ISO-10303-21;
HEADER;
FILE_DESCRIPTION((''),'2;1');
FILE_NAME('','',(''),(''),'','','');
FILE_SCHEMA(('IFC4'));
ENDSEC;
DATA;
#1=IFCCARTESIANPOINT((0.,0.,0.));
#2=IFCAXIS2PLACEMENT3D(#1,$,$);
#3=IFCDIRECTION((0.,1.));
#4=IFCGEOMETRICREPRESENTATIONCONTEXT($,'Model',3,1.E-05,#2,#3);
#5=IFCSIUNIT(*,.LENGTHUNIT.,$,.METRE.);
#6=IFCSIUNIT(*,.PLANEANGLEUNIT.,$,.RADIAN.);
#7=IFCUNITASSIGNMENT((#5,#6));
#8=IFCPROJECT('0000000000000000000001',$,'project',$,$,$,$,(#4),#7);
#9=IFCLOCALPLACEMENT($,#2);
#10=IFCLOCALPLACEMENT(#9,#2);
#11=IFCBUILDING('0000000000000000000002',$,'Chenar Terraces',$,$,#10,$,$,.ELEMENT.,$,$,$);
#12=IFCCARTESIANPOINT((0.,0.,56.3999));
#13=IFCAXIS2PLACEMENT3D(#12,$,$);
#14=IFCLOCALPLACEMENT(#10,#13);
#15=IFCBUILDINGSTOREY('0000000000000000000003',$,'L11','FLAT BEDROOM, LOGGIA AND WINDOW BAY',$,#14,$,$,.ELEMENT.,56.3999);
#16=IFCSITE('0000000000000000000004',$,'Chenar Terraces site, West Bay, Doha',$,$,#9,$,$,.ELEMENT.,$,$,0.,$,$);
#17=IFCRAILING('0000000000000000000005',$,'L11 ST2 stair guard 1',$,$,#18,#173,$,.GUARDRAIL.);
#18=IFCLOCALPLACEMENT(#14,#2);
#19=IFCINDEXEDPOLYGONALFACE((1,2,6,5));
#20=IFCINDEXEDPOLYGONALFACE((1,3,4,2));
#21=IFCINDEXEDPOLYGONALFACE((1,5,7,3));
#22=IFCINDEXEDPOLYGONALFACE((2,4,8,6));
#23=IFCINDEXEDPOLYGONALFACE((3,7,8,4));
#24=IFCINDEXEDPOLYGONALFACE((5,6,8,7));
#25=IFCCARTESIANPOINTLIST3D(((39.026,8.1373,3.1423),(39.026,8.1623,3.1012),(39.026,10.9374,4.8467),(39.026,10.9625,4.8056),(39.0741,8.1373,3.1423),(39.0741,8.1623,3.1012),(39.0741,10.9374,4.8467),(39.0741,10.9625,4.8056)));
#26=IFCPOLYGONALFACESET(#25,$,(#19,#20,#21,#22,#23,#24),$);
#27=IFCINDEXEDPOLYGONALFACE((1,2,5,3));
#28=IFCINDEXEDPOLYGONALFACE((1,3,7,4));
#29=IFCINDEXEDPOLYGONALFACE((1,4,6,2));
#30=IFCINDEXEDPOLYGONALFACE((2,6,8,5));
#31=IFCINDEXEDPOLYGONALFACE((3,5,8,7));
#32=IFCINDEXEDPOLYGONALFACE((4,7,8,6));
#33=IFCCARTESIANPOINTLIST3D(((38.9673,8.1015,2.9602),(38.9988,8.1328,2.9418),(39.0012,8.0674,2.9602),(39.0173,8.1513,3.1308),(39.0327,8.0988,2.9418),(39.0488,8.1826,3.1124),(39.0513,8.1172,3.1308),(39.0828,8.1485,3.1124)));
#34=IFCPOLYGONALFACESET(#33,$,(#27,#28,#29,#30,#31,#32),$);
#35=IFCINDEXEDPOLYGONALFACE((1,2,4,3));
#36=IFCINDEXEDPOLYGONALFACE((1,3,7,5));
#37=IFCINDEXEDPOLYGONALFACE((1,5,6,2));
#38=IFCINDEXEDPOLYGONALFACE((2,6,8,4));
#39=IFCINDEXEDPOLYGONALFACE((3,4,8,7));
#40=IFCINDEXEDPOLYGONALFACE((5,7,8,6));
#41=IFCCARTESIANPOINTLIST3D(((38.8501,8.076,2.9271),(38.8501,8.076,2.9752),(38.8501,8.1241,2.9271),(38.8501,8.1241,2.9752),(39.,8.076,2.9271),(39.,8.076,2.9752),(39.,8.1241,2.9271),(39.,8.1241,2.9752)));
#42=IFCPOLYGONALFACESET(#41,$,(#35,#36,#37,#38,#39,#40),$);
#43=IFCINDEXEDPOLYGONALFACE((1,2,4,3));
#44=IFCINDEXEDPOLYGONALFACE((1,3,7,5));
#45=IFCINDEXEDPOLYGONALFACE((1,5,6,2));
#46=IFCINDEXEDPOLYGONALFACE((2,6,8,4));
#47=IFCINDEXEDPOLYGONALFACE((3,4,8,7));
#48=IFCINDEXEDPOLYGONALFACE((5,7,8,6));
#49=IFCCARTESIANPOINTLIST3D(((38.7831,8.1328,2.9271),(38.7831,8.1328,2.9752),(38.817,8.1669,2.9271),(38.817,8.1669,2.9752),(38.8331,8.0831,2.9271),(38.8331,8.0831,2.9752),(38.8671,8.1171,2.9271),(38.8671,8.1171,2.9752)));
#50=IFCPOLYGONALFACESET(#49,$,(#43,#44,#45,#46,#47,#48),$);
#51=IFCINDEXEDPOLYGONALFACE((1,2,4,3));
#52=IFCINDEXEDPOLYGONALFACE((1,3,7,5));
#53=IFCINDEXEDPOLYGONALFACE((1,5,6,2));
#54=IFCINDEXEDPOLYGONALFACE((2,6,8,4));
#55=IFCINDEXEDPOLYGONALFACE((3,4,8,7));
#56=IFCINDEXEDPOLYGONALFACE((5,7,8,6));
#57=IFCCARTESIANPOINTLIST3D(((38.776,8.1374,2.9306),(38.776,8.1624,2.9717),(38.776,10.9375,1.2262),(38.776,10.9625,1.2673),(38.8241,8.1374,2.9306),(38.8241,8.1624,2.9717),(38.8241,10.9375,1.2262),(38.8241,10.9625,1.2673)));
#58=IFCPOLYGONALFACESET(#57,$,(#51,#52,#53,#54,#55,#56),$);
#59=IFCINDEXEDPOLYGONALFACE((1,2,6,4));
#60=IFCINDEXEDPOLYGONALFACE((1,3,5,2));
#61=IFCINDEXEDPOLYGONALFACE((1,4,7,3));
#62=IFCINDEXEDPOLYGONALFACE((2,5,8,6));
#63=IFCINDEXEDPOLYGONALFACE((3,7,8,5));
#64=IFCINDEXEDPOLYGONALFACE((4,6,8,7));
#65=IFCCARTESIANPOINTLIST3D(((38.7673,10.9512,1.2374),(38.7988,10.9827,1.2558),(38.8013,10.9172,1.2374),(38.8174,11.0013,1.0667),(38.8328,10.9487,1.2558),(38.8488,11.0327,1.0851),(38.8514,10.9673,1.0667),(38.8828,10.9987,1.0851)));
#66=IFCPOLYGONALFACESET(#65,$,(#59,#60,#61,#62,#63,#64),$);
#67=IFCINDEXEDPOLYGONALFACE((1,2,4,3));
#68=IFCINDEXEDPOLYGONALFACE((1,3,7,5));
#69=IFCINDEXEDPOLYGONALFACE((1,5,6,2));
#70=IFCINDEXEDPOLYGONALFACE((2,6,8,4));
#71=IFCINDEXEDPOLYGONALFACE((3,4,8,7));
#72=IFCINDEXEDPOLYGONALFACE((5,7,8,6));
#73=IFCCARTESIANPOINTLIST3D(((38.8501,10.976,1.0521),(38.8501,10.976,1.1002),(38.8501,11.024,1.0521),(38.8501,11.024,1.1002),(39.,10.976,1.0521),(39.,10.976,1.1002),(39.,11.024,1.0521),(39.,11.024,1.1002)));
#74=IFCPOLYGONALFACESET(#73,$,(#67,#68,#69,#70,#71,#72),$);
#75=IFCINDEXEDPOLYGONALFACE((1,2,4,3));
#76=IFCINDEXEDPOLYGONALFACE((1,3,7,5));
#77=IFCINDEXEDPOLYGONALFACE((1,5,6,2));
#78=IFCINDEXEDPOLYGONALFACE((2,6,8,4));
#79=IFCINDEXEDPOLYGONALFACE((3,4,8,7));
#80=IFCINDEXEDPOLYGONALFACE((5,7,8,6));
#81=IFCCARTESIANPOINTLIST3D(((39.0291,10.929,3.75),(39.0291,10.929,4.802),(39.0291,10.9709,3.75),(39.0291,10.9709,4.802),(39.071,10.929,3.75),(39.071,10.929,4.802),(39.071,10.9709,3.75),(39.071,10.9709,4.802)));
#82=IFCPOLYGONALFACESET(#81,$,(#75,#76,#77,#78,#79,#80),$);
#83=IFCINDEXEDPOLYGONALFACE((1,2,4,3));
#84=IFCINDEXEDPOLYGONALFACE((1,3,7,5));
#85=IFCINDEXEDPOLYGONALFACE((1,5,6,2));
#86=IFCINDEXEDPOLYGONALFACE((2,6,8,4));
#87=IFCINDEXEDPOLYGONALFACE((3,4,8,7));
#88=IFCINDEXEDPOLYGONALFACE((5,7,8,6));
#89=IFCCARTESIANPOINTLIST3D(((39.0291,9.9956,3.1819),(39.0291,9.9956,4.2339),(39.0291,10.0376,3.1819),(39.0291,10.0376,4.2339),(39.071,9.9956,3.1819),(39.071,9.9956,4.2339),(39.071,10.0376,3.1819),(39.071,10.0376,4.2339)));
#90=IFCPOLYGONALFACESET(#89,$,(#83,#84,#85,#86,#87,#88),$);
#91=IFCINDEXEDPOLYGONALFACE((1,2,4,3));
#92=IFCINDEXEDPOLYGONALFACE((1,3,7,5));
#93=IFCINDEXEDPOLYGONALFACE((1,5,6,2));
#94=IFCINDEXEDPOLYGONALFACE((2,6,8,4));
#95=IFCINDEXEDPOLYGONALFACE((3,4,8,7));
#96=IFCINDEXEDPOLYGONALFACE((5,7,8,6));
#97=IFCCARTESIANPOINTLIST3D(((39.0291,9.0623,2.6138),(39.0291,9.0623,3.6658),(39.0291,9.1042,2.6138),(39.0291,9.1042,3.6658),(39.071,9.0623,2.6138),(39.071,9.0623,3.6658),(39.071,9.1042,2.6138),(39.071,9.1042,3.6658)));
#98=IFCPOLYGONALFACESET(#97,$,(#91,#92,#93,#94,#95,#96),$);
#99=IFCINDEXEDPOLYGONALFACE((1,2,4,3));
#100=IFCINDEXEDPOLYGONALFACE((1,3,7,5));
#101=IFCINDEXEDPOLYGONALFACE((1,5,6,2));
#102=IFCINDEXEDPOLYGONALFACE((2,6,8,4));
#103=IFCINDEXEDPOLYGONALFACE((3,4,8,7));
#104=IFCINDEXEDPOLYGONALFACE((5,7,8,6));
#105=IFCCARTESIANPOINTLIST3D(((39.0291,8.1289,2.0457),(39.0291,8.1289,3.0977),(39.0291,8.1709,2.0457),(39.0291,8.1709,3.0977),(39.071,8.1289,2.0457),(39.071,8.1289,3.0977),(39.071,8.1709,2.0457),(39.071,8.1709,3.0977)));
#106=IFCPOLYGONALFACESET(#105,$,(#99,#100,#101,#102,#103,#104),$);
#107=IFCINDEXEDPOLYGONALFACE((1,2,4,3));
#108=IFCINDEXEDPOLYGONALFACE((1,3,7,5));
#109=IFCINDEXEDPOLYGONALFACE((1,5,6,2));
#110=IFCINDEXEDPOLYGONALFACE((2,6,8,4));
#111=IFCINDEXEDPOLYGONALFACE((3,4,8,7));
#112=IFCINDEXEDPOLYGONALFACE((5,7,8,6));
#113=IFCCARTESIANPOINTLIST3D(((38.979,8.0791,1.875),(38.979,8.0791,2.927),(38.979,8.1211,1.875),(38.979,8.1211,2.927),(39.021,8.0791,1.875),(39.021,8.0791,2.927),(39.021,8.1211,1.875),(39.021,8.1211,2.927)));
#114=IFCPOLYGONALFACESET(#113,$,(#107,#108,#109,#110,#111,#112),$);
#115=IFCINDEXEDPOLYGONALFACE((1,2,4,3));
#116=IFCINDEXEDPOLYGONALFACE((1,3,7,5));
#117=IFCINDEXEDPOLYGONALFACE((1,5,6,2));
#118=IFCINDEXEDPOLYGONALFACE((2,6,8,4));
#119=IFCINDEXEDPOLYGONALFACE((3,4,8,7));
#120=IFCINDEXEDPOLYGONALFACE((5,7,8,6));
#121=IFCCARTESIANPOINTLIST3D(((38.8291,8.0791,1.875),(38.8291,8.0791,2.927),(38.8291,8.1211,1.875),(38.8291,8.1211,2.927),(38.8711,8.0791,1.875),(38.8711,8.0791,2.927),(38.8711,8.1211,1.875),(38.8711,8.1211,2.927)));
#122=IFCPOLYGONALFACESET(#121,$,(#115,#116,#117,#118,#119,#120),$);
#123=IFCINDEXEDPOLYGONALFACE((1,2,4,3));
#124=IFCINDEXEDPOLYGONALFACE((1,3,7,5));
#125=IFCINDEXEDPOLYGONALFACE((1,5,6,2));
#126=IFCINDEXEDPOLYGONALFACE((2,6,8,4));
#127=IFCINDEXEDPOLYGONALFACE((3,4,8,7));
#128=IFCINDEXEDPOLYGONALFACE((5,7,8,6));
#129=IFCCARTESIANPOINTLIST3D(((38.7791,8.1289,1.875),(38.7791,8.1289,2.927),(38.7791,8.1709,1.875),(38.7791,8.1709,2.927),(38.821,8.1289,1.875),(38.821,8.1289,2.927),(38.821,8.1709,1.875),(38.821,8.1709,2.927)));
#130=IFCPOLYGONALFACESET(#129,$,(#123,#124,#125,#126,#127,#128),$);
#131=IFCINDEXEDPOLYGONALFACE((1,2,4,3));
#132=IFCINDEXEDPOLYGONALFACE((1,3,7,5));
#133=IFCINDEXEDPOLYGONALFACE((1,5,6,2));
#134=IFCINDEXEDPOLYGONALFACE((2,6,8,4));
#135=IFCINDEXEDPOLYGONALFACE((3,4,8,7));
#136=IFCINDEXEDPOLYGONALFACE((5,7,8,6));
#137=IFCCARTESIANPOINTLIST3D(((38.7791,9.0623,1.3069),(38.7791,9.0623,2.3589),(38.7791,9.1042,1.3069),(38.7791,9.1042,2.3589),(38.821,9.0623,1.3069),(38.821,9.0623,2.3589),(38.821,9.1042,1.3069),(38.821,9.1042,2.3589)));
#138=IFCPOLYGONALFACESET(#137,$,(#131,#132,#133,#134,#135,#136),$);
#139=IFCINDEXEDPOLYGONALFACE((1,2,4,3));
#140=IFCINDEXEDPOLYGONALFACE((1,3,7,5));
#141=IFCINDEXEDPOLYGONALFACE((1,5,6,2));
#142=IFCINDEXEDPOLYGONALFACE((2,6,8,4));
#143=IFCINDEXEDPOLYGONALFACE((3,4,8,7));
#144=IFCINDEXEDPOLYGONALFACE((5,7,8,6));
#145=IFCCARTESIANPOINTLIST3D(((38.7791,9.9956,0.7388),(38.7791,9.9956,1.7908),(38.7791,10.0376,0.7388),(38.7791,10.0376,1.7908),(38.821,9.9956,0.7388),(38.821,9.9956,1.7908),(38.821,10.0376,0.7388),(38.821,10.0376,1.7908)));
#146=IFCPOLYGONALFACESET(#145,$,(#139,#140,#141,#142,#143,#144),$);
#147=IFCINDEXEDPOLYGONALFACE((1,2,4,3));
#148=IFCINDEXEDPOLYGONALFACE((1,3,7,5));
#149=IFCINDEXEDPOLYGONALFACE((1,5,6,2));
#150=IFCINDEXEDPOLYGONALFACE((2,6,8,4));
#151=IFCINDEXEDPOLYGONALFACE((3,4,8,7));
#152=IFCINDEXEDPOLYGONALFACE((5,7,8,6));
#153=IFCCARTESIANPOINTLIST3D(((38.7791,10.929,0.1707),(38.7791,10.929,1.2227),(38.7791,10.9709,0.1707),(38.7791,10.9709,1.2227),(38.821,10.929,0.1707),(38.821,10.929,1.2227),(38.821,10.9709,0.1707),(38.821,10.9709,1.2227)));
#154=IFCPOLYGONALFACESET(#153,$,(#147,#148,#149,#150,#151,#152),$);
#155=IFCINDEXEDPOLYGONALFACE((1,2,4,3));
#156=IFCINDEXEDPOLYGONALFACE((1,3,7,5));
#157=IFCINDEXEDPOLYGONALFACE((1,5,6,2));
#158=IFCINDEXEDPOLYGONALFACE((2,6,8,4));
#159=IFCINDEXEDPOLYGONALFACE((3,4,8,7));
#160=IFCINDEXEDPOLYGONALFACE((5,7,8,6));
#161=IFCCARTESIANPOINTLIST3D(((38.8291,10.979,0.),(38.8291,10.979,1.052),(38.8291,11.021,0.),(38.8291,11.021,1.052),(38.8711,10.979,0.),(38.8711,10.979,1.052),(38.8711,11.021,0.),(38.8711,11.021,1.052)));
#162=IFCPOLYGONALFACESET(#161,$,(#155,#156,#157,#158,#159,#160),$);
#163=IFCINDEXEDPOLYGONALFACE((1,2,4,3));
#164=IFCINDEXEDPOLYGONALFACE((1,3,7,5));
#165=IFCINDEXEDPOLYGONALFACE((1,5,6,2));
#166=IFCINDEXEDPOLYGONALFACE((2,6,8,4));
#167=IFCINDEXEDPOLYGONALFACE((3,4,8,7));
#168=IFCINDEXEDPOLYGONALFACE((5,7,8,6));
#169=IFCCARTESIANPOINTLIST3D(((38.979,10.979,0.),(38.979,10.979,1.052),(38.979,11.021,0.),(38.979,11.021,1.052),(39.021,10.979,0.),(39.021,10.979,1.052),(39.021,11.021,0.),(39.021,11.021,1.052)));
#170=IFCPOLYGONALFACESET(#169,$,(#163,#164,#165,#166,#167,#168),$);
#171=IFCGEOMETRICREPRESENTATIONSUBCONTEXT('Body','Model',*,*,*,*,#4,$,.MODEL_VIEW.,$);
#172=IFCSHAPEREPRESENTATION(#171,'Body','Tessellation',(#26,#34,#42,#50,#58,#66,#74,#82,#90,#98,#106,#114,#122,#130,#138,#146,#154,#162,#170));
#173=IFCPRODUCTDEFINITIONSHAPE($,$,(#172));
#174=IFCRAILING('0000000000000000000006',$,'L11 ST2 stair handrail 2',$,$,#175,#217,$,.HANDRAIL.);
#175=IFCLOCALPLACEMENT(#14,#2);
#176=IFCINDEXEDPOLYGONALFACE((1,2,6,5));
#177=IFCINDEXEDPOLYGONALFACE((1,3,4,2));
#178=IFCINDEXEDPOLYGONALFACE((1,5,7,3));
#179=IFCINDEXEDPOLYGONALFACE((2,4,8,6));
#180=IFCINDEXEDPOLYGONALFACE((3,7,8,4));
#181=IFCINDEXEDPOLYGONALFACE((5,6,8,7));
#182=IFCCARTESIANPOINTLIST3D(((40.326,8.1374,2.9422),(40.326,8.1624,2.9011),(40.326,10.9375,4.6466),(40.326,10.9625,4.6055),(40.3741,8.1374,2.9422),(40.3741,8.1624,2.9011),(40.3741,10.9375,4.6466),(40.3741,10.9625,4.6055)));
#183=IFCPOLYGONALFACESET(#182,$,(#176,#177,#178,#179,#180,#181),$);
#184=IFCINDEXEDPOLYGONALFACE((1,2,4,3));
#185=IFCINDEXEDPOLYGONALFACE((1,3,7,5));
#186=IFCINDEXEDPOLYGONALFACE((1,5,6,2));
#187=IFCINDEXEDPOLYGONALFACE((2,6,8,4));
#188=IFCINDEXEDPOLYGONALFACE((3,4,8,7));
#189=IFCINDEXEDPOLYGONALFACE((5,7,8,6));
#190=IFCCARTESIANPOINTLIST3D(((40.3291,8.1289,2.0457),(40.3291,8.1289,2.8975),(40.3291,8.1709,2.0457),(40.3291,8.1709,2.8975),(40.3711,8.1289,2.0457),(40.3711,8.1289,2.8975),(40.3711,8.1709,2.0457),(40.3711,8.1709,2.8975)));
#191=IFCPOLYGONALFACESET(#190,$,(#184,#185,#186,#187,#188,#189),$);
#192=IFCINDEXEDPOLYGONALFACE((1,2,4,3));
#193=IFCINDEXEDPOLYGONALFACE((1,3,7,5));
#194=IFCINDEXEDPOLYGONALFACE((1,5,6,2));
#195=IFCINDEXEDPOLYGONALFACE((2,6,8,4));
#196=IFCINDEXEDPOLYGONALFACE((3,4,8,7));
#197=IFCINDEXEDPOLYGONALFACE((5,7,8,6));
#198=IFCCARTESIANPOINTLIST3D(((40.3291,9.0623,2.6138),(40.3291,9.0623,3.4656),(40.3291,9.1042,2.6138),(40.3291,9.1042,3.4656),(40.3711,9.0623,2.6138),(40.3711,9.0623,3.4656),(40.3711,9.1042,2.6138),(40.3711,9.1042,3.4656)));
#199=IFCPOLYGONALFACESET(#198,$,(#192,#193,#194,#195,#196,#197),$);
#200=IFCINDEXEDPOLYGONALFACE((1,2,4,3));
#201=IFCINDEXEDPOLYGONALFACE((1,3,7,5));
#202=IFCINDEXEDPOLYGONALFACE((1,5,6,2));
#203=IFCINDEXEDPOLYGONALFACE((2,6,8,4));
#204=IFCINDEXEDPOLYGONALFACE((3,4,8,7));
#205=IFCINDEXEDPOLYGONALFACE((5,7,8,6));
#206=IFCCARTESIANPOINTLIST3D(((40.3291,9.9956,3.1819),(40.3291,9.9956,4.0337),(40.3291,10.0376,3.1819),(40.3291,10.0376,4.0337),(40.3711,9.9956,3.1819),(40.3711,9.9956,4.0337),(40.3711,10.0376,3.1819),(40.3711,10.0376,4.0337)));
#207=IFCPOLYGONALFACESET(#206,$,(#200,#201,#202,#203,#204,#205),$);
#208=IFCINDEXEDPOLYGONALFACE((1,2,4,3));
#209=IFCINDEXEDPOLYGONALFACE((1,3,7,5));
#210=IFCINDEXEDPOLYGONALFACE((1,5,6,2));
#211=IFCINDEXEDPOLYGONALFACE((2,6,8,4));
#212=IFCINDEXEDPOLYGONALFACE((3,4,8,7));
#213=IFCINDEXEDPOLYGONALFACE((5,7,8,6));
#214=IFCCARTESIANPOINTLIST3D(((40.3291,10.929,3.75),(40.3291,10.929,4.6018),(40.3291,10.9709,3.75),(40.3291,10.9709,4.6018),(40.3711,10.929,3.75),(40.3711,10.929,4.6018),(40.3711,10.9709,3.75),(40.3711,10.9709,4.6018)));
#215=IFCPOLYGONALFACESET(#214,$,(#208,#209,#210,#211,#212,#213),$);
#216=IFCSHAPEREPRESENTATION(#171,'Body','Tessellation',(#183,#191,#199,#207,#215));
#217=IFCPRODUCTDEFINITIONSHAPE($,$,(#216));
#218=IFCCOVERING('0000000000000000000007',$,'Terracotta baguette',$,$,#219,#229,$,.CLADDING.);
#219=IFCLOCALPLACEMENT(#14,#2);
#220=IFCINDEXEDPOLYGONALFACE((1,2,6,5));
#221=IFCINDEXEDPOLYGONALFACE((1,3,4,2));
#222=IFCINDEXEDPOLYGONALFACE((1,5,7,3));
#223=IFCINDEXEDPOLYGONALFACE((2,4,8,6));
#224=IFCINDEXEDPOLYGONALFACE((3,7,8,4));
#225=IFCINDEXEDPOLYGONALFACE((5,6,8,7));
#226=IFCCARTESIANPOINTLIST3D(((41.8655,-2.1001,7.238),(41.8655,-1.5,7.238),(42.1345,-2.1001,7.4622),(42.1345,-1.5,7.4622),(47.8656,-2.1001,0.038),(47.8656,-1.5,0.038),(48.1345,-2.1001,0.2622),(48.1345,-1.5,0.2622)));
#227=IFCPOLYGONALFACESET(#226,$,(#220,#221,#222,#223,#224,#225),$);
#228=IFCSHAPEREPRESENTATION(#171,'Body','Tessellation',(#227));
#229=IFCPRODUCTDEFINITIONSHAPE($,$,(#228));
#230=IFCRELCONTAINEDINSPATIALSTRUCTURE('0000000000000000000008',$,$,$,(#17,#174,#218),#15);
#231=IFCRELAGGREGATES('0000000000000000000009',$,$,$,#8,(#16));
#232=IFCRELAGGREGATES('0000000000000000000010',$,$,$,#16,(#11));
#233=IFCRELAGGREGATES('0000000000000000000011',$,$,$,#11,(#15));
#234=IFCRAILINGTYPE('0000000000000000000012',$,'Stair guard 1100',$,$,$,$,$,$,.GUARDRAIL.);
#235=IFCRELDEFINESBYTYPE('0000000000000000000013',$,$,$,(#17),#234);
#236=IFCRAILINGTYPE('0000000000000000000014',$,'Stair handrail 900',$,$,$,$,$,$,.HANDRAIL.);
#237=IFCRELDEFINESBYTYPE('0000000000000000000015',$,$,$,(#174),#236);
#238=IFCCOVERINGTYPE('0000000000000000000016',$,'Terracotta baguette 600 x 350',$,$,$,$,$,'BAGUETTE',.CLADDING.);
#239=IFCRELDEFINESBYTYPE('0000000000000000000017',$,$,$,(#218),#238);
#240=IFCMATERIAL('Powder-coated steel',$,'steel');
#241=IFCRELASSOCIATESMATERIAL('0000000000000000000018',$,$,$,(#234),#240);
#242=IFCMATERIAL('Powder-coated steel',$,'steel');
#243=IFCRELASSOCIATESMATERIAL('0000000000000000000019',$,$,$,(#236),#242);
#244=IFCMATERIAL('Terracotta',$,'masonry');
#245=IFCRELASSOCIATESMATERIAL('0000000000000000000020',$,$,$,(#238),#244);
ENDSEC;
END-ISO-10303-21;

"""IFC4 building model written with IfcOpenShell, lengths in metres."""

from ifc_helpers import new_model, si_unit, direction, frame, origin, origin_2d, place, context, subcontext, project, spatial, rectangle, extrude, material, material_profile, profile_set, type_object, element, save


model = new_model("IFC4")

# Units and contexts
model_context = context("Model", 3, precision=1e-05, world=origin(), true_north=direction((0.0, 1.0)))
body_context = subcontext(model_context, "Body", "Model", "MODEL_VIEW")
ifc_project = project(units=[si_unit("LENGTHUNIT", "METRE"), si_unit("PLANEANGLEUNIT", "RADIAN")], contexts=[model_context])

# Site, building, storey
site_placement = place(None, origin())
site = spatial("IfcSite", under=ifc_project, at=site_placement, Name="Chenar Terraces site, West Bay, Doha", CompositionType="ELEMENT", RefElevation=0.0)
building_placement = place(site_placement, origin())
building = spatial("IfcBuilding", under=site, at=building_placement, Name="Chenar Terraces", CompositionType="ELEMENT")
storey_placement = place(building_placement, frame((0.0, 0.0, 56.3999)))
storey = spatial("IfcBuildingStorey", under=building, at=storey_placement, Name="L11", Description="FLAT BEDROOM, LOGGIA AND WINDOW BAY", CompositionType="ELEMENT", Elevation=56.3999)

# Railings
ifc_material_1 = material(Name="Powder-coated steel", Category="steel")
railing_type_1 = type_object("IfcRailingType", Name="Stair guard 1100", PredefinedType="GUARDRAIL", material=ifc_material_1)
railing_1_placement = place(storey_placement, frame((39.05, 10.95, 3.75)))
element("IfcRailing", 1, at=railing_1_placement, inside=storey, type_object=railing_type_1, Name="L11 ST2 stair guard 1", PredefinedType="GUARDRAIL", context=body_context, shape_type="SweptSolid", body=[
    extrude(rectangle(XDim=0.0481, YDim=0.0481, at=origin_2d()), frame((0.0, 0.0, 1.0762), z_axis=(0.0, -0.854203, -0.51994), x_axis=(1.0, 0.0, 0.0)), (0.0, 0.0, 1.0), 3.2781),
    extrude(rectangle(XDim=0.0481, YDim=0.0481, at=origin_2d()), frame((0.0, -2.8, -0.6284), z_axis=(-0.270997, -0.269675, -0.924033), x_axis=(0.705376, -0.708834, 0.0)), (0.0, 0.0, 1.0), 0.1846),
    extrude(rectangle(XDim=0.0481, YDim=0.0481, at=origin_2d()), frame((-0.05, -2.8499, -0.7988), z_axis=(-1.0, 0.0, 0.0), x_axis=(0.0, -1.0, 0.0)), (0.0, 0.0, 1.0), 0.1499),
    extrude(rectangle(XDim=0.0481, YDim=0.0481, at=origin_2d()), frame((-0.2, -2.8499, -0.7988), z_axis=(-0.708834, 0.705376, 0.0), x_axis=(-0.705376, -0.708834, 0.0)), (0.0, 0.0, 1.0), 0.0706),
    extrude(rectangle(XDim=0.0481, YDim=0.0481, at=origin_2d()), frame((-0.25, -2.8, -0.7988), z_axis=(0.0, 0.854203, -0.51994), x_axis=(-1.0, 0.0, 0.0)), (0.0, 0.0, 1.0), 3.2781),
    extrude(rectangle(XDim=0.0481, YDim=0.0481, at=origin_2d()), frame((-0.25, 0.0, -2.5034), z_axis=(0.2709, 0.2709, -0.923703), x_axis=(-0.707107, 0.707107, 0.0)), (0.0, 0.0, 1.0), 0.1848),
    extrude(rectangle(XDim=0.0481, YDim=0.0481, at=origin_2d()), frame((-0.2, 0.05, -2.6738), z_axis=(1.0, 0.0, 0.0), x_axis=(0.0, 1.0, 0.0)), (0.0, 0.0, 1.0), 0.1499),
    extrude(rectangle(XDim=0.042, YDim=0.042, at=origin_2d()), origin(), (0.0, 0.0, 1.0), 1.052),
    extrude(rectangle(XDim=0.042, YDim=0.042, at=origin_2d()), frame((0.0, -0.9333, -0.5681)), (0.0, 0.0, 1.0), 1.052),
    extrude(rectangle(XDim=0.042, YDim=0.042, at=origin_2d()), frame((0.0, -1.8667, -1.1362)), (0.0, 0.0, 1.0), 1.052),
    extrude(rectangle(XDim=0.042, YDim=0.042, at=origin_2d()), frame((0.0, -2.8, -1.7043)), (0.0, 0.0, 1.0), 1.052),
    extrude(rectangle(XDim=0.042, YDim=0.042, at=origin_2d()), frame((-0.05, -2.8499, -1.875)), (0.0, 0.0, 1.0), 1.052),
    extrude(rectangle(XDim=0.042, YDim=0.042, at=origin_2d()), frame((-0.2, -2.8499, -1.875)), (0.0, 0.0, 1.0), 1.052),
    extrude(rectangle(XDim=0.042, YDim=0.042, at=origin_2d()), frame((-0.25, -2.8, -1.875)), (0.0, 0.0, 1.0), 1.052),
    extrude(rectangle(XDim=0.042, YDim=0.042, at=origin_2d()), frame((-0.25, -1.8667, -2.4431)), (0.0, 0.0, 1.0), 1.052),
    extrude(rectangle(XDim=0.042, YDim=0.042, at=origin_2d()), frame((-0.25, -0.9333, -3.0112)), (0.0, 0.0, 1.0), 1.052),
    extrude(rectangle(XDim=0.042, YDim=0.042, at=origin_2d()), frame((-0.25, 0.0, -3.5793)), (0.0, 0.0, 1.0), 1.052),
    extrude(rectangle(XDim=0.042, YDim=0.042, at=origin_2d()), frame((-0.2, 0.05, -3.75)), (0.0, 0.0, 1.0), 1.052),
    extrude(rectangle(XDim=0.042, YDim=0.042, at=origin_2d()), frame((-0.05, 0.05, -3.75)), (0.0, 0.0, 1.0), 1.052),
])
ifc_material_2 = material(Name="Powder-coated steel", Category="steel")
railing_type_2 = type_object("IfcRailingType", Name="Stair handrail 900", PredefinedType="HANDRAIL", material=ifc_material_2)
railing_2_placement = place(storey_placement, frame((40.3501, 8.1499, 2.0457)))
element("IfcRailing", 2, at=railing_2_placement, inside=storey, type_object=railing_type_2, Name="L11 ST2 stair handrail 2", PredefinedType="HANDRAIL", context=body_context, shape_type="SweptSolid", body=[
    extrude(rectangle(XDim=0.0481, YDim=0.0481, at=origin_2d()), frame((0.0, 0.0, 0.876), z_axis=(0.0, 0.854203, 0.51994), x_axis=(-1.0, 0.0, 0.0)), (0.0, 0.0, 1.0), 3.2781),
    extrude(rectangle(XDim=0.042, YDim=0.042, at=origin_2d()), origin(), (0.0, 0.0, 1.0), 0.8518),
    extrude(rectangle(XDim=0.042, YDim=0.042, at=origin_2d()), frame((0.0, 0.9333, 0.5681)), (0.0, 0.0, 1.0), 0.8518),
    extrude(rectangle(XDim=0.042, YDim=0.042, at=origin_2d()), frame((0.0, 1.8667, 1.1362)), (0.0, 0.0, 1.0), 0.8518),
    extrude(rectangle(XDim=0.042, YDim=0.042, at=origin_2d()), frame((0.0, 2.8, 1.7043)), (0.0, 0.0, 1.0), 0.8518),
])

# Covering
ifc_material_3 = material(Name="Terracotta", Category="masonry")
ifc_material_profile_1 = material_profile(ifc_material_3, rectangle(XDim=0.6001, YDim=0.3501, at=origin_2d()), Name="Terracotta baguette 600 x 350")
ifc_profile_set_1 = profile_set([ifc_material_profile_1], Name="Terracotta")
covering_type = type_object("IfcCoveringType", Name="Terracotta baguette 600 x 350", ElementType="BAGUETTE", PredefinedType="CLADDING", material=ifc_profile_set_1)
for number, where, z_axis, x_axis, name in (
    (3, (42.0, -1.8, 7.3501), (0.640187, 0.0, -0.768219), (0.0, 1.0, 0.0), "Terracotta baguette"),
):
    element("IfcCovering", number, at=place(storey_placement, frame(where, z_axis=z_axis, x_axis=x_axis)), inside=storey, type_object=covering_type, Name=name, PredefinedType="CLADDING", context=body_context, shape_type="SweptSolid", body=[
        extrude(rectangle(XDim=0.6001, YDim=0.3501, at=origin_2d()), origin(), (0.0, 0.0, 1.0), 9.3723),
    ])

save(model, "model.ifc")
